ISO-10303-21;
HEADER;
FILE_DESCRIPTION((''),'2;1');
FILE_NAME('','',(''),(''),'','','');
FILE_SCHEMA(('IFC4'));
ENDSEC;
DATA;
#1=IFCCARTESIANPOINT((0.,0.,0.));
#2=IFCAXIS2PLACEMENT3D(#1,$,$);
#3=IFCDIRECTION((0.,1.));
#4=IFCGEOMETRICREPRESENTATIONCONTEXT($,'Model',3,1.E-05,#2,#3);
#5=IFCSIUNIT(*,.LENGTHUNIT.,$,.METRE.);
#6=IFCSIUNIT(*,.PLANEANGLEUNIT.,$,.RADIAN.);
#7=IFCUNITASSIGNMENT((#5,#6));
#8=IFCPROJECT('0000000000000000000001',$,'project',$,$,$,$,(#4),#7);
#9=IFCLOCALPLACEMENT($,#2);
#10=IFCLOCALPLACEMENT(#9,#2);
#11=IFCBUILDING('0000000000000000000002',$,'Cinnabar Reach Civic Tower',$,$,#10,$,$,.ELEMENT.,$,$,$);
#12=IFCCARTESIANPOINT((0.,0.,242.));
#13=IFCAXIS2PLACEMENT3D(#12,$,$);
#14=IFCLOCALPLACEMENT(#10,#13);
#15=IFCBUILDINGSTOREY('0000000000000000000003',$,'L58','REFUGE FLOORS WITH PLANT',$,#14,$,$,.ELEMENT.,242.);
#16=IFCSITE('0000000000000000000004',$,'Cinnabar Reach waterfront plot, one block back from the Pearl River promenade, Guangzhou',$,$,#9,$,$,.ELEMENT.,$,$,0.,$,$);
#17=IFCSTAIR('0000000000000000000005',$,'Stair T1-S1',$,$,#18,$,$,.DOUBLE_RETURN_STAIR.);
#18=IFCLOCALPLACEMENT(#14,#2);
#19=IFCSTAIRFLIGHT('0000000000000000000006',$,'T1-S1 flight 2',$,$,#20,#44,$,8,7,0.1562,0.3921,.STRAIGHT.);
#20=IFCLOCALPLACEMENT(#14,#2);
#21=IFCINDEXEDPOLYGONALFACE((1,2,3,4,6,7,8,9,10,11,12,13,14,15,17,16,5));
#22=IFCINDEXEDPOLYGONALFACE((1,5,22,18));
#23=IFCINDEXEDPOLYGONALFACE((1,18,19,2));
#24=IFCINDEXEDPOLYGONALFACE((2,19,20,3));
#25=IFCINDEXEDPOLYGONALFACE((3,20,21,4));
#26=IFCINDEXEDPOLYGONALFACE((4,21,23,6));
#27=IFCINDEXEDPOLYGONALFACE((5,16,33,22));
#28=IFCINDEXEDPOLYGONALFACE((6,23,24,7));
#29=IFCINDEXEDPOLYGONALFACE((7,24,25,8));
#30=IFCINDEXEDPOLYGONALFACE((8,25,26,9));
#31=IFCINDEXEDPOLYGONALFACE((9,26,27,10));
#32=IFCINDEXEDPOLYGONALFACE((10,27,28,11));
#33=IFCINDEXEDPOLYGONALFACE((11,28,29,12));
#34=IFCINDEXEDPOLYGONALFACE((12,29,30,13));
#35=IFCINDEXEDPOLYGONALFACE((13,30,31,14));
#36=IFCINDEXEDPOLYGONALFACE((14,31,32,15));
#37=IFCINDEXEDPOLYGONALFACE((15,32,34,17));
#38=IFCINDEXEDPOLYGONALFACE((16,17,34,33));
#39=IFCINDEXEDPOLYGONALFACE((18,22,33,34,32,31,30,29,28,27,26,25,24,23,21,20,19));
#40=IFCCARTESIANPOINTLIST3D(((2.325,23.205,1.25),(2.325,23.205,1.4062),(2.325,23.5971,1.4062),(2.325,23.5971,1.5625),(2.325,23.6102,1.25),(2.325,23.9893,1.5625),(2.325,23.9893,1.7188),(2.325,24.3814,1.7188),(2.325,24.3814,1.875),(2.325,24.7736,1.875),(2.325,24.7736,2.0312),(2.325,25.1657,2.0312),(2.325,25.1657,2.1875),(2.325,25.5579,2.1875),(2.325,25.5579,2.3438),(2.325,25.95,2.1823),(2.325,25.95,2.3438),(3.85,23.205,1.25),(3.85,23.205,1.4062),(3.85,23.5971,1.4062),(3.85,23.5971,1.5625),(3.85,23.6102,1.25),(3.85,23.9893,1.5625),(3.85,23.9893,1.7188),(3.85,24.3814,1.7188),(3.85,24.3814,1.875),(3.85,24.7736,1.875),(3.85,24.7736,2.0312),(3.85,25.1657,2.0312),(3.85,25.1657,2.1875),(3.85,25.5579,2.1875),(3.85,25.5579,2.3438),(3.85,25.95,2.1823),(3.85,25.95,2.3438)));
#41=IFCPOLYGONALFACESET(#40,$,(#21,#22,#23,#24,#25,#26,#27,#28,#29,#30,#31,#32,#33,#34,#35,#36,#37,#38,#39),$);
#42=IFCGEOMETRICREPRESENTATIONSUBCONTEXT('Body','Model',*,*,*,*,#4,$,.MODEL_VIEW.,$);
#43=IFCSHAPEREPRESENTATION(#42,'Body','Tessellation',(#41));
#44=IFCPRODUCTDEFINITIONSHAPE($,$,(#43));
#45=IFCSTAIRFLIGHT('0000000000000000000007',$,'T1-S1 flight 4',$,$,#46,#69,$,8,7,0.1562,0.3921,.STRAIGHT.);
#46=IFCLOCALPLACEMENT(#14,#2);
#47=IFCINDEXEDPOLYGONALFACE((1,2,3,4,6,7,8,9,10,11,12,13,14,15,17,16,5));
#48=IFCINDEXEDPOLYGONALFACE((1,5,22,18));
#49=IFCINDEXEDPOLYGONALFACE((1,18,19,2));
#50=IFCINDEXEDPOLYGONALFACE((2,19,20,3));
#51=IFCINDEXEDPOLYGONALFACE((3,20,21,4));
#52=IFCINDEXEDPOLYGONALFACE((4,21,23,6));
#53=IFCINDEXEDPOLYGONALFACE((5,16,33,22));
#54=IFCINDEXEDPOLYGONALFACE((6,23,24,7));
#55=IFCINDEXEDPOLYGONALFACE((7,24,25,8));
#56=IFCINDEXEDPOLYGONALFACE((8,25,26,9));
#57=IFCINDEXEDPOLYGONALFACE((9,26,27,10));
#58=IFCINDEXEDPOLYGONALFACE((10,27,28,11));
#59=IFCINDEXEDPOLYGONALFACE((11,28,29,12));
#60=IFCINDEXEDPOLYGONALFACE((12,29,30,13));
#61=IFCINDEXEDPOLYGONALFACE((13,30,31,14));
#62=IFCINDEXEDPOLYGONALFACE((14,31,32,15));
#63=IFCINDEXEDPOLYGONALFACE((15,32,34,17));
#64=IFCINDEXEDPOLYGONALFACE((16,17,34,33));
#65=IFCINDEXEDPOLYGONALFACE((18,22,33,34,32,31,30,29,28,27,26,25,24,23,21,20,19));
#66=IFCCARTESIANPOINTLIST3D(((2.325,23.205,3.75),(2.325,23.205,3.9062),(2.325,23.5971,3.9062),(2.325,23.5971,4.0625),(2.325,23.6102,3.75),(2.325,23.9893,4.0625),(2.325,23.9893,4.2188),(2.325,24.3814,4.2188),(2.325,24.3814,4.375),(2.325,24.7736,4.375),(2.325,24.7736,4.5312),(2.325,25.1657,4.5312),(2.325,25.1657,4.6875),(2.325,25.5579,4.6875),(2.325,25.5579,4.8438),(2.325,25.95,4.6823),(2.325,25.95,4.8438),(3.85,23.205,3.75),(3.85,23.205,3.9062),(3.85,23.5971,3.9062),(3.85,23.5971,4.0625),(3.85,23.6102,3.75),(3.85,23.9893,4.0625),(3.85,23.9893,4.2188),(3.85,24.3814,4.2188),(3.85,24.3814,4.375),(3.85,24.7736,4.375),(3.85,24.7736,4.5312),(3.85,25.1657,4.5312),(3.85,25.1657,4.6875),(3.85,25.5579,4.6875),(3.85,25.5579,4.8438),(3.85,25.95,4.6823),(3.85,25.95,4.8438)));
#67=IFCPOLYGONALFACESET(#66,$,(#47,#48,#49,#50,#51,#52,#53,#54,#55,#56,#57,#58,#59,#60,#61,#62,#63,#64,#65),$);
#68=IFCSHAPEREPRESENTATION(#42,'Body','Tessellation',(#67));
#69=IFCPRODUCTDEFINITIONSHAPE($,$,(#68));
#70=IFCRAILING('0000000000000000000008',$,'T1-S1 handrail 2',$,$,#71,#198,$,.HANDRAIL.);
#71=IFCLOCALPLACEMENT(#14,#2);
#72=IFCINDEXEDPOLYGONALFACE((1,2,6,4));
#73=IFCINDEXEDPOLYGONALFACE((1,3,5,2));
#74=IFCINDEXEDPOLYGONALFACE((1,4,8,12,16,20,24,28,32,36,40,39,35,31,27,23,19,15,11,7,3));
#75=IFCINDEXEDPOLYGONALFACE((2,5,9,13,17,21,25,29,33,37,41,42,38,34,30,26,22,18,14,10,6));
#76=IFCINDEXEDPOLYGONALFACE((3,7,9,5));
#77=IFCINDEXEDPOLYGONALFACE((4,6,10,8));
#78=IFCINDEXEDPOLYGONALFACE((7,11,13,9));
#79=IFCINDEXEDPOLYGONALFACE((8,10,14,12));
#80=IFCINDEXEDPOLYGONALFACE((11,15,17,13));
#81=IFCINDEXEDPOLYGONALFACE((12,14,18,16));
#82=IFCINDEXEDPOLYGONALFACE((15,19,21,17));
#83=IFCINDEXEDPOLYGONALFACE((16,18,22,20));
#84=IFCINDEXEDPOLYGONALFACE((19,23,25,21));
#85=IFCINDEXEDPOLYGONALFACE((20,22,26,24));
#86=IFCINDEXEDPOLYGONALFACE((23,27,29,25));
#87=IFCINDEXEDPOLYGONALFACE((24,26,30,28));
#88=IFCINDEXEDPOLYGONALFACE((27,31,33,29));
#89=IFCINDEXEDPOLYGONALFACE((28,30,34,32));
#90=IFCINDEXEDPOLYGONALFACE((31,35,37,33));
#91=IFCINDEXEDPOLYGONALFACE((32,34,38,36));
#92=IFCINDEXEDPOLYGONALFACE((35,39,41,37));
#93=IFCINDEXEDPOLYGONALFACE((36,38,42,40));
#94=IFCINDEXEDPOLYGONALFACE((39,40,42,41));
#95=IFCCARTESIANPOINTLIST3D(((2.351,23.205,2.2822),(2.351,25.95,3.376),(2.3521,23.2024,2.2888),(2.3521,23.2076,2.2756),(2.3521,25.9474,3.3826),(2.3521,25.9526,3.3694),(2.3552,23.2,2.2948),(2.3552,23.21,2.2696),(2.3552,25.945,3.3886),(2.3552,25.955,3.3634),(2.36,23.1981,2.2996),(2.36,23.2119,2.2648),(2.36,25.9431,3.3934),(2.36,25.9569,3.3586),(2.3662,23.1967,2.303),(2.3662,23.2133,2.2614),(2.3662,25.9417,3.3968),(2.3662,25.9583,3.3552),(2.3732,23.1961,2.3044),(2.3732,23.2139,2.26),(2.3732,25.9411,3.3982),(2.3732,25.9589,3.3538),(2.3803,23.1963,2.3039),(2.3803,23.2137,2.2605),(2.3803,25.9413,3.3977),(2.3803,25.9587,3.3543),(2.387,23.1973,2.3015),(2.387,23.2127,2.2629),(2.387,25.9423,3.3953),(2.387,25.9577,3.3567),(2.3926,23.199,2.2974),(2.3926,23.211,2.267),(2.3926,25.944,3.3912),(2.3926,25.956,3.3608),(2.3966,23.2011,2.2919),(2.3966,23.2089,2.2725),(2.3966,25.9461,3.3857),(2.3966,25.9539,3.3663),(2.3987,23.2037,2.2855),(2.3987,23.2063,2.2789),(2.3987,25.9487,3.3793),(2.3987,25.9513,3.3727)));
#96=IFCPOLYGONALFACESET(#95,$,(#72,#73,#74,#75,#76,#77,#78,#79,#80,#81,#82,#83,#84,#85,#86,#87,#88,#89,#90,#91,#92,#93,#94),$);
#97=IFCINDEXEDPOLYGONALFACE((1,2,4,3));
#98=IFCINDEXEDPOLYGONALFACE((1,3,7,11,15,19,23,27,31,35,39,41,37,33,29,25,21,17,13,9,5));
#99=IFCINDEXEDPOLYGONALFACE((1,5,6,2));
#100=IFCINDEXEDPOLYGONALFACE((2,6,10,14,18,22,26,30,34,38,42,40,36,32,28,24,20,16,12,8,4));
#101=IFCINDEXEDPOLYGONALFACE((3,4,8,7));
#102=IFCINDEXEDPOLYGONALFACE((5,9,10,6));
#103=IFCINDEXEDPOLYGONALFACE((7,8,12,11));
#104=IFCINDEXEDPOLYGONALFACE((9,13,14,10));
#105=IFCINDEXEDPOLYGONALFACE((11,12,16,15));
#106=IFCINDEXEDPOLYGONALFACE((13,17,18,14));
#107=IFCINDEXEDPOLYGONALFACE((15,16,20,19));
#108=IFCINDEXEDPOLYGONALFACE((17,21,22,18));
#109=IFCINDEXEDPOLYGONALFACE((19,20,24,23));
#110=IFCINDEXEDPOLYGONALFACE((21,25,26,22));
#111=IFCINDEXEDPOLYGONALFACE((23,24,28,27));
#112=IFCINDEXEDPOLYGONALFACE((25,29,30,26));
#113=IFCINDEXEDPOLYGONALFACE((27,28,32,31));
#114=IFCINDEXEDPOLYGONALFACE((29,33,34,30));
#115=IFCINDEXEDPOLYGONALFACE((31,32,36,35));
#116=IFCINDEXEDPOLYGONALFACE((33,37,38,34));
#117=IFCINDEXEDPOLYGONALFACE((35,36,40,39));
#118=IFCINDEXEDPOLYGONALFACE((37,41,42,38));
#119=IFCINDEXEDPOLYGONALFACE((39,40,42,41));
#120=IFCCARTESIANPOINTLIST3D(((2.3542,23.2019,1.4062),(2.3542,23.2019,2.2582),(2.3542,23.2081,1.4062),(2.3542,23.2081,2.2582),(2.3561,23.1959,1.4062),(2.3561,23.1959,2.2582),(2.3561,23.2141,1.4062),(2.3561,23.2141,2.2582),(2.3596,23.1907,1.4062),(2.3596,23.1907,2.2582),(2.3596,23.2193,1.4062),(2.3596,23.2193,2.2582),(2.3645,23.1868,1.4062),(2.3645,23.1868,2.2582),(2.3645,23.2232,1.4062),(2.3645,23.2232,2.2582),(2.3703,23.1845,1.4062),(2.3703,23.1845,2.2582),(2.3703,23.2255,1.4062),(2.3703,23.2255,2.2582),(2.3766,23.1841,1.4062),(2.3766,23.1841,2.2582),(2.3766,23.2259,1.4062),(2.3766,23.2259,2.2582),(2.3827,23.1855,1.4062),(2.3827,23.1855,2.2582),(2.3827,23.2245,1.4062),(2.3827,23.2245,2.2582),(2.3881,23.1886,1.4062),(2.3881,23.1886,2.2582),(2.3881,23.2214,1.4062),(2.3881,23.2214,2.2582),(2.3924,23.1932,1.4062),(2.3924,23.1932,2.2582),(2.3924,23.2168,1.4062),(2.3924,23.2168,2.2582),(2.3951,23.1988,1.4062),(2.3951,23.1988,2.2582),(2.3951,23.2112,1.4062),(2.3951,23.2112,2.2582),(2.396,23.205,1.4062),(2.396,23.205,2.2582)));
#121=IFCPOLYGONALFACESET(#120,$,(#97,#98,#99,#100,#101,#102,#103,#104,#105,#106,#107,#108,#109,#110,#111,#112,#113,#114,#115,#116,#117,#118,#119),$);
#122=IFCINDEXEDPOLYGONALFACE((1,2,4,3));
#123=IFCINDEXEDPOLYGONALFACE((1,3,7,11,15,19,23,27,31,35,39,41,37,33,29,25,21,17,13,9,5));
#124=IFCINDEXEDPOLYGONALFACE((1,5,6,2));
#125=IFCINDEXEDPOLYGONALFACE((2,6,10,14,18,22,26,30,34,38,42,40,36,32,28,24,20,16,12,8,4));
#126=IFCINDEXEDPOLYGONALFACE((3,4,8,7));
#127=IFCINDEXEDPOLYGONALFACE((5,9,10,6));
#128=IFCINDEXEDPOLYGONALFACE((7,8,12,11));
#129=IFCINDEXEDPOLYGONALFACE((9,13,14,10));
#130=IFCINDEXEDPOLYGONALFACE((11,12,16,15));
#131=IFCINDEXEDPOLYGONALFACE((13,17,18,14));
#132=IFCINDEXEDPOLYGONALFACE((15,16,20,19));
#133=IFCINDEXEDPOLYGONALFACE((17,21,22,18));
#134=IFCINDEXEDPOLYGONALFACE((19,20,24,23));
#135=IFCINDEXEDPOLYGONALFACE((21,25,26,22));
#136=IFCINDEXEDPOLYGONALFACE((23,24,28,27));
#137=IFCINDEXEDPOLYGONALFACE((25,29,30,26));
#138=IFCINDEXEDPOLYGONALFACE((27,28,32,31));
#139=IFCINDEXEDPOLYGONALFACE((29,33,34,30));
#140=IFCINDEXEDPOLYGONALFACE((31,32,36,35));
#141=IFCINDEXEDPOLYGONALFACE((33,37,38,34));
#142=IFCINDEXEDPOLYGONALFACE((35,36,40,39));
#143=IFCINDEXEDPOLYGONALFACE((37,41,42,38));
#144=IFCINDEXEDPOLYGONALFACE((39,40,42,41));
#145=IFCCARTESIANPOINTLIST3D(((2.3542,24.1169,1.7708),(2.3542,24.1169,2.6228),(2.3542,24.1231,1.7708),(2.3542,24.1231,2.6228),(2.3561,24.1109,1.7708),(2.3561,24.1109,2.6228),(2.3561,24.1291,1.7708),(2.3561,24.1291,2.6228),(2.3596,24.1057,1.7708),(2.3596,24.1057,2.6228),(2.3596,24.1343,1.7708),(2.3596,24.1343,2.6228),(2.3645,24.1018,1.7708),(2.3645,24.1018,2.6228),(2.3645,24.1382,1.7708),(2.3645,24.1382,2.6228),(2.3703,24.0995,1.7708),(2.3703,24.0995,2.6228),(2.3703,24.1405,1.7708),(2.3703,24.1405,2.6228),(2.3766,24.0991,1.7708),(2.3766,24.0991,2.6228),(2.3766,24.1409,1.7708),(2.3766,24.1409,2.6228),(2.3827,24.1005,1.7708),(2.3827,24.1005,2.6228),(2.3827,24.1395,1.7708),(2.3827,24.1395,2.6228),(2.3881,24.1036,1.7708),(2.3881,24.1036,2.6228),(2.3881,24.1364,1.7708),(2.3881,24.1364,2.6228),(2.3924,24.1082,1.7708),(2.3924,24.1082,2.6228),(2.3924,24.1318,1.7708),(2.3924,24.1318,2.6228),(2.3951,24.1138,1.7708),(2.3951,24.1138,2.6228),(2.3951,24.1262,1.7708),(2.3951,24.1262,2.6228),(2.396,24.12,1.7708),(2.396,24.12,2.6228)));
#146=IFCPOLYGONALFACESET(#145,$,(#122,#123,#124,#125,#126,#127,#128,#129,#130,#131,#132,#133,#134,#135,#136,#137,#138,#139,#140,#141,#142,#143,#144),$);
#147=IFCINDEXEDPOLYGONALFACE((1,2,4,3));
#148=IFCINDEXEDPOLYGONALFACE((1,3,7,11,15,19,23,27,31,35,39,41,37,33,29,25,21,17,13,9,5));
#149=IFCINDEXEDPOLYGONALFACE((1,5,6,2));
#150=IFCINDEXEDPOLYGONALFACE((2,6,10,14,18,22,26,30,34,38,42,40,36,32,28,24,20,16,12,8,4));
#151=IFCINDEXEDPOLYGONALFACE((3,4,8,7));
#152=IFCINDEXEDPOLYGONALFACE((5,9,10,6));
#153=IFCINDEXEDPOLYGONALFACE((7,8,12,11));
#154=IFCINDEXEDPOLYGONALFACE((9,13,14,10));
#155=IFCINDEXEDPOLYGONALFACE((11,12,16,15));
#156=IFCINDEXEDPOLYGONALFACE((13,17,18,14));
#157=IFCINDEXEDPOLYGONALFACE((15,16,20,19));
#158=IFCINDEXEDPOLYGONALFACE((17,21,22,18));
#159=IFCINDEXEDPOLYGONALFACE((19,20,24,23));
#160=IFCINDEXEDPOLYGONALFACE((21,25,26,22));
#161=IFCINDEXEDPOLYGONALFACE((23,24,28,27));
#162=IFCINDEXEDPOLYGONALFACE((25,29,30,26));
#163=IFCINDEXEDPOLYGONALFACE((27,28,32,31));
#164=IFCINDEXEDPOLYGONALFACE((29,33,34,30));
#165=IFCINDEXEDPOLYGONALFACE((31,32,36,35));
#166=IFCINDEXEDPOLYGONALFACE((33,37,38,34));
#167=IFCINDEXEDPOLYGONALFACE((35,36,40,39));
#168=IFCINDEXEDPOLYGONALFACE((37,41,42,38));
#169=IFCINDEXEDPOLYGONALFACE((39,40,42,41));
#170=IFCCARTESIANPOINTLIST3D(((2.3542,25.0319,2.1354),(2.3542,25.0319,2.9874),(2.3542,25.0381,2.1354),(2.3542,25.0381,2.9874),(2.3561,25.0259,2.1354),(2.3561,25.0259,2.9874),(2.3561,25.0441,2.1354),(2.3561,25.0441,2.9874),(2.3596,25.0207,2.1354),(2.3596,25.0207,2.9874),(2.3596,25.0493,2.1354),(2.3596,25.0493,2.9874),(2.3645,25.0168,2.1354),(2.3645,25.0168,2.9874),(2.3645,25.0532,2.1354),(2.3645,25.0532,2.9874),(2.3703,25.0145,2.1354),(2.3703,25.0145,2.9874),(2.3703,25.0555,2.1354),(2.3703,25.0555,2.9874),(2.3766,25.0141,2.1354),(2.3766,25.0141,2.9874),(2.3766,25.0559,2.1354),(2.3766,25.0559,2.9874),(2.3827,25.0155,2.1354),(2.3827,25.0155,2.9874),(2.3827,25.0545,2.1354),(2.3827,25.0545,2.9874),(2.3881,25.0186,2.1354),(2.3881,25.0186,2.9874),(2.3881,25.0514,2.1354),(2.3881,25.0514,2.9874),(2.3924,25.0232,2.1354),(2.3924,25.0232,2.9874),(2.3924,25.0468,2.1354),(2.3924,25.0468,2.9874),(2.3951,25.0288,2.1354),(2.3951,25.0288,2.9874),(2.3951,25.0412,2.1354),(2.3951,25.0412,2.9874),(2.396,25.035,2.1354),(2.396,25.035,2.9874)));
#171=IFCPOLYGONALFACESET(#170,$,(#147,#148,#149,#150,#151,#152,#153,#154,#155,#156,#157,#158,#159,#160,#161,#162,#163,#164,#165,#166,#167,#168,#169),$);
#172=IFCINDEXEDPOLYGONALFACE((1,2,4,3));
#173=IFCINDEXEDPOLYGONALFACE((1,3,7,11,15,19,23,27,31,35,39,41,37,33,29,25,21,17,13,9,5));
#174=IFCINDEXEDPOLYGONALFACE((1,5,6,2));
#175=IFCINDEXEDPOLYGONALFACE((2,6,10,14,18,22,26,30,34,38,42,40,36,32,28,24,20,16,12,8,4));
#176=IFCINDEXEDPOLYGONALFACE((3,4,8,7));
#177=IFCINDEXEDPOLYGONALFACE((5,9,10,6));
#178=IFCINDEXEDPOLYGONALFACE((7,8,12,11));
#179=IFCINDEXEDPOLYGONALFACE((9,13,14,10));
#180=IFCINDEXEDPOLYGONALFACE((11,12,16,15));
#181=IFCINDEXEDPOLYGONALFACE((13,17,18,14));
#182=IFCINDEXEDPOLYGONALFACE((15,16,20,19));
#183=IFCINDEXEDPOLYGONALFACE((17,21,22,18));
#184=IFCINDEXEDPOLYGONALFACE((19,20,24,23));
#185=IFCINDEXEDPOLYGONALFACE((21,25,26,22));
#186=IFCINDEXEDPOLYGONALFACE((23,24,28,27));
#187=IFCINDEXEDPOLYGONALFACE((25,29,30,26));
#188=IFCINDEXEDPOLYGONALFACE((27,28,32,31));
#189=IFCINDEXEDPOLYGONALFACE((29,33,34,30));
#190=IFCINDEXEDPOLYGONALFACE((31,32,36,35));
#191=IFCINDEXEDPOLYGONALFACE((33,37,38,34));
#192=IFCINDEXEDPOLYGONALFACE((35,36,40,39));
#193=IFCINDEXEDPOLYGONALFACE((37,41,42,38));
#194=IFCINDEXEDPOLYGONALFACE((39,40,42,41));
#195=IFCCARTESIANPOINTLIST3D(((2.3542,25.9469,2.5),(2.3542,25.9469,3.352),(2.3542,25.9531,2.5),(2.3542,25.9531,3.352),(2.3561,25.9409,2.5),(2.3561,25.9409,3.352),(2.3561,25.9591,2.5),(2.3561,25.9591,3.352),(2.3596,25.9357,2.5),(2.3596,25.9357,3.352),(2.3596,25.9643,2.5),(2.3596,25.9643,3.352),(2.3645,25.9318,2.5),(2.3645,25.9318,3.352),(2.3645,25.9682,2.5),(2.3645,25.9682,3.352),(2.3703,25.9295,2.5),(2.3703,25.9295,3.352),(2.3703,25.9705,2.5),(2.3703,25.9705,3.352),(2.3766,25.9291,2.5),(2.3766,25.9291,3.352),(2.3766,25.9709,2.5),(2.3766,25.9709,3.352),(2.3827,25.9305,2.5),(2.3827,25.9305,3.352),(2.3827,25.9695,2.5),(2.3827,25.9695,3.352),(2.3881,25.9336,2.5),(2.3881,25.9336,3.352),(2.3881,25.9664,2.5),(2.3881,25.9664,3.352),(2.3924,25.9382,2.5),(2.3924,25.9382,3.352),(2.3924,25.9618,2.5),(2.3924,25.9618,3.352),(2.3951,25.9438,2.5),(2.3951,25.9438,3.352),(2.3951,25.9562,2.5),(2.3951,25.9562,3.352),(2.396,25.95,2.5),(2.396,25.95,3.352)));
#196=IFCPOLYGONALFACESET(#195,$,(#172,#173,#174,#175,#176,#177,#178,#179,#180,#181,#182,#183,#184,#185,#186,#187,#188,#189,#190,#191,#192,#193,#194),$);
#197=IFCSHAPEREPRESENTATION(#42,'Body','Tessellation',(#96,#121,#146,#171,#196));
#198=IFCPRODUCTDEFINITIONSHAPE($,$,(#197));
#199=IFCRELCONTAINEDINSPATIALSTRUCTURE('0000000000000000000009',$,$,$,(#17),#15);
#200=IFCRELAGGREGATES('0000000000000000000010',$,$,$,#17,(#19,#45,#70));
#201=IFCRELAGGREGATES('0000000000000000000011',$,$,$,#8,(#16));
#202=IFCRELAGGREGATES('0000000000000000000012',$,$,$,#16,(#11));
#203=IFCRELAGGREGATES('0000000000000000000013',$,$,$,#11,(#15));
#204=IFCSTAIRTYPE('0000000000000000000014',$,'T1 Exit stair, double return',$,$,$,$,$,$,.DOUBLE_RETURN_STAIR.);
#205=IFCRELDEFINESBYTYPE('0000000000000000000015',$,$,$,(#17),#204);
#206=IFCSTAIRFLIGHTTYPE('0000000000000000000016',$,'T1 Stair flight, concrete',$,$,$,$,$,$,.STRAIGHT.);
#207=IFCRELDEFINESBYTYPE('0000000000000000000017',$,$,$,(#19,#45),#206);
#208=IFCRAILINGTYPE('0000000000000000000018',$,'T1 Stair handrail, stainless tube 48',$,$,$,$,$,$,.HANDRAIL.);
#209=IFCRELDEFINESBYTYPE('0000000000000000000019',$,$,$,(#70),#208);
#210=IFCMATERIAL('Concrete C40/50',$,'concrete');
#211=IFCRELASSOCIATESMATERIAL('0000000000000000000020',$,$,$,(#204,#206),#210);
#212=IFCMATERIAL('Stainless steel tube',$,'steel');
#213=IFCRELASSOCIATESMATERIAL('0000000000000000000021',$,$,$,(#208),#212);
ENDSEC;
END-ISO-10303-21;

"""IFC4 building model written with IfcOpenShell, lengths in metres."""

from ifc_helpers import new_model, si_unit, direction, frame, origin, origin_2d, place, context, subcontext, project, spatial, polyline, circle, outline, extrude, material, type_object, element, aggregate, save


model = new_model("IFC4")

# Units and contexts
model_context = context("Model", 3, precision=1e-05, world=origin(), true_north=direction((0.0, 1.0)))
body_context = subcontext(model_context, "Body", "Model", "MODEL_VIEW")
ifc_project = project(units=[si_unit("LENGTHUNIT", "METRE"), si_unit("PLANEANGLEUNIT", "RADIAN")], contexts=[model_context])

# Site, building, storey
site_placement = place(None, origin())
site = spatial("IfcSite", under=ifc_project, at=site_placement, Name="Cinnabar Reach waterfront plot, one block back from the Pearl River promenade, Guangzhou", CompositionType="ELEMENT", RefElevation=0.0)
building_placement = place(site_placement, origin())
building = spatial("IfcBuilding", under=site, at=building_placement, Name="Cinnabar Reach Civic Tower", CompositionType="ELEMENT")
storey_placement = place(building_placement, frame((0.0, 0.0, 242.0)))
storey = spatial("IfcBuildingStorey", under=building, at=storey_placement, Name="L58", Description="REFUGE FLOORS WITH PLANT", CompositionType="ELEMENT", Elevation=242.0)

# Shared definitions
ifc_material_1 = material(Name="Concrete C40/50", Category="concrete")

# Stair, stair flights, railing
stair_type = type_object("IfcStairType", Name="T1 Exit stair, double return", PredefinedType="DOUBLE_RETURN_STAIR", material=ifc_material_1)
stair_placement = place(storey_placement, origin())
stair = element("IfcStair", 1, at=stair_placement, inside=storey, type_object=stair_type, Name="Stair T1-S1", PredefinedType="DOUBLE_RETURN_STAIR")
stair_flight_type = type_object("IfcStairFlightType", Name="T1 Stair flight, concrete", PredefinedType="STRAIGHT", material=ifc_material_1)
stair_flight_1_placement = place(storey_placement, frame((3.0875, 23.205, 1.25), z_axis=(0.0, 0.0, 1.0), x_axis=(0.0, 1.0, 0.0)))
stair_flight_1 = element("IfcStairFlight", 2, at=stair_flight_1_placement, type_object=stair_flight_type, Name="T1-S1 flight 2", NumberOfRisers=8, NumberOfTreads=7, PredefinedType="STRAIGHT", RiserHeight=0.1562, TreadLength=0.3921, context=body_context, shape_type="SweptSolid", body=[
    extrude(outline(polyline([(0.0, 0.0), (0.0, 0.1562), (0.3921, 0.1562), (0.3921, 0.3125), (0.7843, 0.3125), (0.7843, 0.4688), (1.1764, 0.4688), (1.1764, 0.625), (1.5686, 0.625), (1.5686, 0.7812), (1.9607, 0.7812), (1.9607, 0.9375), (2.3529, 0.9375), (2.3529, 1.0938), (2.745, 1.0938), (2.745, 1.25), (2.745, 0.9323), (0.4052, 0.0), (0.0, 0.0)])), frame((0.0, 0.7625, 0.0), z_axis=(0.0, -1.0, 0.0), x_axis=(1.0, 0.0, 0.0)), (0.0, 0.0, 1.0), 1.525),
])
stair_flight_2_placement = place(storey_placement, frame((3.0875, 23.205, 3.75), z_axis=(0.0, 0.0, 1.0), x_axis=(0.0, 1.0, 0.0)))
stair_flight_2 = element("IfcStairFlight", 3, at=stair_flight_2_placement, type_object=stair_flight_type, Name="T1-S1 flight 4", NumberOfRisers=8, NumberOfTreads=7, PredefinedType="STRAIGHT", RiserHeight=0.1562, TreadLength=0.3921, context=body_context, shape_type="SweptSolid", body=[
    extrude(outline(polyline([(0.0, 0.0), (0.0, 0.1562), (0.3921, 0.1562), (0.3921, 0.3125), (0.7843, 0.3125), (0.7843, 0.4688), (1.1764, 0.4688), (1.1764, 0.625), (1.5686, 0.625), (1.5686, 0.7812), (1.9607, 0.7812), (1.9607, 0.9375), (2.3529, 0.9375), (2.3529, 1.0938), (2.745, 1.0938), (2.745, 1.25), (2.745, 0.9323), (0.4052, 0.0), (0.0, 0.0)])), frame((0.0, 0.7625, 0.0), z_axis=(0.0, -1.0, 0.0), x_axis=(1.0, 0.0, 0.0)), (0.0, 0.0, 1.0), 1.525),
])
ifc_material_2 = material(Name="Stainless steel tube", Category="steel")
railing_type = type_object("IfcRailingType", Name="T1 Stair handrail, stainless tube 48", PredefinedType="HANDRAIL", material=ifc_material_2)
railing_1_placement = place(storey_placement, frame((2.375, 23.205, 1.4062)))
railing_1 = element("IfcRailing", 4, at=railing_1_placement, type_object=railing_type, Name="T1-S1 handrail 2", PredefinedType="HANDRAIL", context=body_context, shape_type="SweptSolid", body=[
    extrude(circle(Radius=0.024, at=origin_2d()), frame((0.0, 0.0, 0.876), z_axis=(0.0, 0.928966, 0.370165), x_axis=(-1.0, 0.0, 0.0)), (0.0, 0.0, 1.0), 2.9549),
    extrude(circle(Radius=0.021, at=origin_2d()), origin(), (0.0, 0.0, 1.0), 0.852),
    extrude(circle(Radius=0.021, at=origin_2d()), frame((0.0, 0.915, 0.3646)), (0.0, 0.0, 1.0), 0.852),
    extrude(circle(Radius=0.021, at=origin_2d()), frame((0.0, 1.83, 0.7292)), (0.0, 0.0, 1.0), 0.852),
    extrude(circle(Radius=0.021, at=origin_2d()), frame((0.0, 2.745, 1.0938)), (0.0, 0.0, 1.0), 0.852),
])
aggregate(stair, [stair_flight_1, stair_flight_2, railing_1])

save(model, "model.ifc")
